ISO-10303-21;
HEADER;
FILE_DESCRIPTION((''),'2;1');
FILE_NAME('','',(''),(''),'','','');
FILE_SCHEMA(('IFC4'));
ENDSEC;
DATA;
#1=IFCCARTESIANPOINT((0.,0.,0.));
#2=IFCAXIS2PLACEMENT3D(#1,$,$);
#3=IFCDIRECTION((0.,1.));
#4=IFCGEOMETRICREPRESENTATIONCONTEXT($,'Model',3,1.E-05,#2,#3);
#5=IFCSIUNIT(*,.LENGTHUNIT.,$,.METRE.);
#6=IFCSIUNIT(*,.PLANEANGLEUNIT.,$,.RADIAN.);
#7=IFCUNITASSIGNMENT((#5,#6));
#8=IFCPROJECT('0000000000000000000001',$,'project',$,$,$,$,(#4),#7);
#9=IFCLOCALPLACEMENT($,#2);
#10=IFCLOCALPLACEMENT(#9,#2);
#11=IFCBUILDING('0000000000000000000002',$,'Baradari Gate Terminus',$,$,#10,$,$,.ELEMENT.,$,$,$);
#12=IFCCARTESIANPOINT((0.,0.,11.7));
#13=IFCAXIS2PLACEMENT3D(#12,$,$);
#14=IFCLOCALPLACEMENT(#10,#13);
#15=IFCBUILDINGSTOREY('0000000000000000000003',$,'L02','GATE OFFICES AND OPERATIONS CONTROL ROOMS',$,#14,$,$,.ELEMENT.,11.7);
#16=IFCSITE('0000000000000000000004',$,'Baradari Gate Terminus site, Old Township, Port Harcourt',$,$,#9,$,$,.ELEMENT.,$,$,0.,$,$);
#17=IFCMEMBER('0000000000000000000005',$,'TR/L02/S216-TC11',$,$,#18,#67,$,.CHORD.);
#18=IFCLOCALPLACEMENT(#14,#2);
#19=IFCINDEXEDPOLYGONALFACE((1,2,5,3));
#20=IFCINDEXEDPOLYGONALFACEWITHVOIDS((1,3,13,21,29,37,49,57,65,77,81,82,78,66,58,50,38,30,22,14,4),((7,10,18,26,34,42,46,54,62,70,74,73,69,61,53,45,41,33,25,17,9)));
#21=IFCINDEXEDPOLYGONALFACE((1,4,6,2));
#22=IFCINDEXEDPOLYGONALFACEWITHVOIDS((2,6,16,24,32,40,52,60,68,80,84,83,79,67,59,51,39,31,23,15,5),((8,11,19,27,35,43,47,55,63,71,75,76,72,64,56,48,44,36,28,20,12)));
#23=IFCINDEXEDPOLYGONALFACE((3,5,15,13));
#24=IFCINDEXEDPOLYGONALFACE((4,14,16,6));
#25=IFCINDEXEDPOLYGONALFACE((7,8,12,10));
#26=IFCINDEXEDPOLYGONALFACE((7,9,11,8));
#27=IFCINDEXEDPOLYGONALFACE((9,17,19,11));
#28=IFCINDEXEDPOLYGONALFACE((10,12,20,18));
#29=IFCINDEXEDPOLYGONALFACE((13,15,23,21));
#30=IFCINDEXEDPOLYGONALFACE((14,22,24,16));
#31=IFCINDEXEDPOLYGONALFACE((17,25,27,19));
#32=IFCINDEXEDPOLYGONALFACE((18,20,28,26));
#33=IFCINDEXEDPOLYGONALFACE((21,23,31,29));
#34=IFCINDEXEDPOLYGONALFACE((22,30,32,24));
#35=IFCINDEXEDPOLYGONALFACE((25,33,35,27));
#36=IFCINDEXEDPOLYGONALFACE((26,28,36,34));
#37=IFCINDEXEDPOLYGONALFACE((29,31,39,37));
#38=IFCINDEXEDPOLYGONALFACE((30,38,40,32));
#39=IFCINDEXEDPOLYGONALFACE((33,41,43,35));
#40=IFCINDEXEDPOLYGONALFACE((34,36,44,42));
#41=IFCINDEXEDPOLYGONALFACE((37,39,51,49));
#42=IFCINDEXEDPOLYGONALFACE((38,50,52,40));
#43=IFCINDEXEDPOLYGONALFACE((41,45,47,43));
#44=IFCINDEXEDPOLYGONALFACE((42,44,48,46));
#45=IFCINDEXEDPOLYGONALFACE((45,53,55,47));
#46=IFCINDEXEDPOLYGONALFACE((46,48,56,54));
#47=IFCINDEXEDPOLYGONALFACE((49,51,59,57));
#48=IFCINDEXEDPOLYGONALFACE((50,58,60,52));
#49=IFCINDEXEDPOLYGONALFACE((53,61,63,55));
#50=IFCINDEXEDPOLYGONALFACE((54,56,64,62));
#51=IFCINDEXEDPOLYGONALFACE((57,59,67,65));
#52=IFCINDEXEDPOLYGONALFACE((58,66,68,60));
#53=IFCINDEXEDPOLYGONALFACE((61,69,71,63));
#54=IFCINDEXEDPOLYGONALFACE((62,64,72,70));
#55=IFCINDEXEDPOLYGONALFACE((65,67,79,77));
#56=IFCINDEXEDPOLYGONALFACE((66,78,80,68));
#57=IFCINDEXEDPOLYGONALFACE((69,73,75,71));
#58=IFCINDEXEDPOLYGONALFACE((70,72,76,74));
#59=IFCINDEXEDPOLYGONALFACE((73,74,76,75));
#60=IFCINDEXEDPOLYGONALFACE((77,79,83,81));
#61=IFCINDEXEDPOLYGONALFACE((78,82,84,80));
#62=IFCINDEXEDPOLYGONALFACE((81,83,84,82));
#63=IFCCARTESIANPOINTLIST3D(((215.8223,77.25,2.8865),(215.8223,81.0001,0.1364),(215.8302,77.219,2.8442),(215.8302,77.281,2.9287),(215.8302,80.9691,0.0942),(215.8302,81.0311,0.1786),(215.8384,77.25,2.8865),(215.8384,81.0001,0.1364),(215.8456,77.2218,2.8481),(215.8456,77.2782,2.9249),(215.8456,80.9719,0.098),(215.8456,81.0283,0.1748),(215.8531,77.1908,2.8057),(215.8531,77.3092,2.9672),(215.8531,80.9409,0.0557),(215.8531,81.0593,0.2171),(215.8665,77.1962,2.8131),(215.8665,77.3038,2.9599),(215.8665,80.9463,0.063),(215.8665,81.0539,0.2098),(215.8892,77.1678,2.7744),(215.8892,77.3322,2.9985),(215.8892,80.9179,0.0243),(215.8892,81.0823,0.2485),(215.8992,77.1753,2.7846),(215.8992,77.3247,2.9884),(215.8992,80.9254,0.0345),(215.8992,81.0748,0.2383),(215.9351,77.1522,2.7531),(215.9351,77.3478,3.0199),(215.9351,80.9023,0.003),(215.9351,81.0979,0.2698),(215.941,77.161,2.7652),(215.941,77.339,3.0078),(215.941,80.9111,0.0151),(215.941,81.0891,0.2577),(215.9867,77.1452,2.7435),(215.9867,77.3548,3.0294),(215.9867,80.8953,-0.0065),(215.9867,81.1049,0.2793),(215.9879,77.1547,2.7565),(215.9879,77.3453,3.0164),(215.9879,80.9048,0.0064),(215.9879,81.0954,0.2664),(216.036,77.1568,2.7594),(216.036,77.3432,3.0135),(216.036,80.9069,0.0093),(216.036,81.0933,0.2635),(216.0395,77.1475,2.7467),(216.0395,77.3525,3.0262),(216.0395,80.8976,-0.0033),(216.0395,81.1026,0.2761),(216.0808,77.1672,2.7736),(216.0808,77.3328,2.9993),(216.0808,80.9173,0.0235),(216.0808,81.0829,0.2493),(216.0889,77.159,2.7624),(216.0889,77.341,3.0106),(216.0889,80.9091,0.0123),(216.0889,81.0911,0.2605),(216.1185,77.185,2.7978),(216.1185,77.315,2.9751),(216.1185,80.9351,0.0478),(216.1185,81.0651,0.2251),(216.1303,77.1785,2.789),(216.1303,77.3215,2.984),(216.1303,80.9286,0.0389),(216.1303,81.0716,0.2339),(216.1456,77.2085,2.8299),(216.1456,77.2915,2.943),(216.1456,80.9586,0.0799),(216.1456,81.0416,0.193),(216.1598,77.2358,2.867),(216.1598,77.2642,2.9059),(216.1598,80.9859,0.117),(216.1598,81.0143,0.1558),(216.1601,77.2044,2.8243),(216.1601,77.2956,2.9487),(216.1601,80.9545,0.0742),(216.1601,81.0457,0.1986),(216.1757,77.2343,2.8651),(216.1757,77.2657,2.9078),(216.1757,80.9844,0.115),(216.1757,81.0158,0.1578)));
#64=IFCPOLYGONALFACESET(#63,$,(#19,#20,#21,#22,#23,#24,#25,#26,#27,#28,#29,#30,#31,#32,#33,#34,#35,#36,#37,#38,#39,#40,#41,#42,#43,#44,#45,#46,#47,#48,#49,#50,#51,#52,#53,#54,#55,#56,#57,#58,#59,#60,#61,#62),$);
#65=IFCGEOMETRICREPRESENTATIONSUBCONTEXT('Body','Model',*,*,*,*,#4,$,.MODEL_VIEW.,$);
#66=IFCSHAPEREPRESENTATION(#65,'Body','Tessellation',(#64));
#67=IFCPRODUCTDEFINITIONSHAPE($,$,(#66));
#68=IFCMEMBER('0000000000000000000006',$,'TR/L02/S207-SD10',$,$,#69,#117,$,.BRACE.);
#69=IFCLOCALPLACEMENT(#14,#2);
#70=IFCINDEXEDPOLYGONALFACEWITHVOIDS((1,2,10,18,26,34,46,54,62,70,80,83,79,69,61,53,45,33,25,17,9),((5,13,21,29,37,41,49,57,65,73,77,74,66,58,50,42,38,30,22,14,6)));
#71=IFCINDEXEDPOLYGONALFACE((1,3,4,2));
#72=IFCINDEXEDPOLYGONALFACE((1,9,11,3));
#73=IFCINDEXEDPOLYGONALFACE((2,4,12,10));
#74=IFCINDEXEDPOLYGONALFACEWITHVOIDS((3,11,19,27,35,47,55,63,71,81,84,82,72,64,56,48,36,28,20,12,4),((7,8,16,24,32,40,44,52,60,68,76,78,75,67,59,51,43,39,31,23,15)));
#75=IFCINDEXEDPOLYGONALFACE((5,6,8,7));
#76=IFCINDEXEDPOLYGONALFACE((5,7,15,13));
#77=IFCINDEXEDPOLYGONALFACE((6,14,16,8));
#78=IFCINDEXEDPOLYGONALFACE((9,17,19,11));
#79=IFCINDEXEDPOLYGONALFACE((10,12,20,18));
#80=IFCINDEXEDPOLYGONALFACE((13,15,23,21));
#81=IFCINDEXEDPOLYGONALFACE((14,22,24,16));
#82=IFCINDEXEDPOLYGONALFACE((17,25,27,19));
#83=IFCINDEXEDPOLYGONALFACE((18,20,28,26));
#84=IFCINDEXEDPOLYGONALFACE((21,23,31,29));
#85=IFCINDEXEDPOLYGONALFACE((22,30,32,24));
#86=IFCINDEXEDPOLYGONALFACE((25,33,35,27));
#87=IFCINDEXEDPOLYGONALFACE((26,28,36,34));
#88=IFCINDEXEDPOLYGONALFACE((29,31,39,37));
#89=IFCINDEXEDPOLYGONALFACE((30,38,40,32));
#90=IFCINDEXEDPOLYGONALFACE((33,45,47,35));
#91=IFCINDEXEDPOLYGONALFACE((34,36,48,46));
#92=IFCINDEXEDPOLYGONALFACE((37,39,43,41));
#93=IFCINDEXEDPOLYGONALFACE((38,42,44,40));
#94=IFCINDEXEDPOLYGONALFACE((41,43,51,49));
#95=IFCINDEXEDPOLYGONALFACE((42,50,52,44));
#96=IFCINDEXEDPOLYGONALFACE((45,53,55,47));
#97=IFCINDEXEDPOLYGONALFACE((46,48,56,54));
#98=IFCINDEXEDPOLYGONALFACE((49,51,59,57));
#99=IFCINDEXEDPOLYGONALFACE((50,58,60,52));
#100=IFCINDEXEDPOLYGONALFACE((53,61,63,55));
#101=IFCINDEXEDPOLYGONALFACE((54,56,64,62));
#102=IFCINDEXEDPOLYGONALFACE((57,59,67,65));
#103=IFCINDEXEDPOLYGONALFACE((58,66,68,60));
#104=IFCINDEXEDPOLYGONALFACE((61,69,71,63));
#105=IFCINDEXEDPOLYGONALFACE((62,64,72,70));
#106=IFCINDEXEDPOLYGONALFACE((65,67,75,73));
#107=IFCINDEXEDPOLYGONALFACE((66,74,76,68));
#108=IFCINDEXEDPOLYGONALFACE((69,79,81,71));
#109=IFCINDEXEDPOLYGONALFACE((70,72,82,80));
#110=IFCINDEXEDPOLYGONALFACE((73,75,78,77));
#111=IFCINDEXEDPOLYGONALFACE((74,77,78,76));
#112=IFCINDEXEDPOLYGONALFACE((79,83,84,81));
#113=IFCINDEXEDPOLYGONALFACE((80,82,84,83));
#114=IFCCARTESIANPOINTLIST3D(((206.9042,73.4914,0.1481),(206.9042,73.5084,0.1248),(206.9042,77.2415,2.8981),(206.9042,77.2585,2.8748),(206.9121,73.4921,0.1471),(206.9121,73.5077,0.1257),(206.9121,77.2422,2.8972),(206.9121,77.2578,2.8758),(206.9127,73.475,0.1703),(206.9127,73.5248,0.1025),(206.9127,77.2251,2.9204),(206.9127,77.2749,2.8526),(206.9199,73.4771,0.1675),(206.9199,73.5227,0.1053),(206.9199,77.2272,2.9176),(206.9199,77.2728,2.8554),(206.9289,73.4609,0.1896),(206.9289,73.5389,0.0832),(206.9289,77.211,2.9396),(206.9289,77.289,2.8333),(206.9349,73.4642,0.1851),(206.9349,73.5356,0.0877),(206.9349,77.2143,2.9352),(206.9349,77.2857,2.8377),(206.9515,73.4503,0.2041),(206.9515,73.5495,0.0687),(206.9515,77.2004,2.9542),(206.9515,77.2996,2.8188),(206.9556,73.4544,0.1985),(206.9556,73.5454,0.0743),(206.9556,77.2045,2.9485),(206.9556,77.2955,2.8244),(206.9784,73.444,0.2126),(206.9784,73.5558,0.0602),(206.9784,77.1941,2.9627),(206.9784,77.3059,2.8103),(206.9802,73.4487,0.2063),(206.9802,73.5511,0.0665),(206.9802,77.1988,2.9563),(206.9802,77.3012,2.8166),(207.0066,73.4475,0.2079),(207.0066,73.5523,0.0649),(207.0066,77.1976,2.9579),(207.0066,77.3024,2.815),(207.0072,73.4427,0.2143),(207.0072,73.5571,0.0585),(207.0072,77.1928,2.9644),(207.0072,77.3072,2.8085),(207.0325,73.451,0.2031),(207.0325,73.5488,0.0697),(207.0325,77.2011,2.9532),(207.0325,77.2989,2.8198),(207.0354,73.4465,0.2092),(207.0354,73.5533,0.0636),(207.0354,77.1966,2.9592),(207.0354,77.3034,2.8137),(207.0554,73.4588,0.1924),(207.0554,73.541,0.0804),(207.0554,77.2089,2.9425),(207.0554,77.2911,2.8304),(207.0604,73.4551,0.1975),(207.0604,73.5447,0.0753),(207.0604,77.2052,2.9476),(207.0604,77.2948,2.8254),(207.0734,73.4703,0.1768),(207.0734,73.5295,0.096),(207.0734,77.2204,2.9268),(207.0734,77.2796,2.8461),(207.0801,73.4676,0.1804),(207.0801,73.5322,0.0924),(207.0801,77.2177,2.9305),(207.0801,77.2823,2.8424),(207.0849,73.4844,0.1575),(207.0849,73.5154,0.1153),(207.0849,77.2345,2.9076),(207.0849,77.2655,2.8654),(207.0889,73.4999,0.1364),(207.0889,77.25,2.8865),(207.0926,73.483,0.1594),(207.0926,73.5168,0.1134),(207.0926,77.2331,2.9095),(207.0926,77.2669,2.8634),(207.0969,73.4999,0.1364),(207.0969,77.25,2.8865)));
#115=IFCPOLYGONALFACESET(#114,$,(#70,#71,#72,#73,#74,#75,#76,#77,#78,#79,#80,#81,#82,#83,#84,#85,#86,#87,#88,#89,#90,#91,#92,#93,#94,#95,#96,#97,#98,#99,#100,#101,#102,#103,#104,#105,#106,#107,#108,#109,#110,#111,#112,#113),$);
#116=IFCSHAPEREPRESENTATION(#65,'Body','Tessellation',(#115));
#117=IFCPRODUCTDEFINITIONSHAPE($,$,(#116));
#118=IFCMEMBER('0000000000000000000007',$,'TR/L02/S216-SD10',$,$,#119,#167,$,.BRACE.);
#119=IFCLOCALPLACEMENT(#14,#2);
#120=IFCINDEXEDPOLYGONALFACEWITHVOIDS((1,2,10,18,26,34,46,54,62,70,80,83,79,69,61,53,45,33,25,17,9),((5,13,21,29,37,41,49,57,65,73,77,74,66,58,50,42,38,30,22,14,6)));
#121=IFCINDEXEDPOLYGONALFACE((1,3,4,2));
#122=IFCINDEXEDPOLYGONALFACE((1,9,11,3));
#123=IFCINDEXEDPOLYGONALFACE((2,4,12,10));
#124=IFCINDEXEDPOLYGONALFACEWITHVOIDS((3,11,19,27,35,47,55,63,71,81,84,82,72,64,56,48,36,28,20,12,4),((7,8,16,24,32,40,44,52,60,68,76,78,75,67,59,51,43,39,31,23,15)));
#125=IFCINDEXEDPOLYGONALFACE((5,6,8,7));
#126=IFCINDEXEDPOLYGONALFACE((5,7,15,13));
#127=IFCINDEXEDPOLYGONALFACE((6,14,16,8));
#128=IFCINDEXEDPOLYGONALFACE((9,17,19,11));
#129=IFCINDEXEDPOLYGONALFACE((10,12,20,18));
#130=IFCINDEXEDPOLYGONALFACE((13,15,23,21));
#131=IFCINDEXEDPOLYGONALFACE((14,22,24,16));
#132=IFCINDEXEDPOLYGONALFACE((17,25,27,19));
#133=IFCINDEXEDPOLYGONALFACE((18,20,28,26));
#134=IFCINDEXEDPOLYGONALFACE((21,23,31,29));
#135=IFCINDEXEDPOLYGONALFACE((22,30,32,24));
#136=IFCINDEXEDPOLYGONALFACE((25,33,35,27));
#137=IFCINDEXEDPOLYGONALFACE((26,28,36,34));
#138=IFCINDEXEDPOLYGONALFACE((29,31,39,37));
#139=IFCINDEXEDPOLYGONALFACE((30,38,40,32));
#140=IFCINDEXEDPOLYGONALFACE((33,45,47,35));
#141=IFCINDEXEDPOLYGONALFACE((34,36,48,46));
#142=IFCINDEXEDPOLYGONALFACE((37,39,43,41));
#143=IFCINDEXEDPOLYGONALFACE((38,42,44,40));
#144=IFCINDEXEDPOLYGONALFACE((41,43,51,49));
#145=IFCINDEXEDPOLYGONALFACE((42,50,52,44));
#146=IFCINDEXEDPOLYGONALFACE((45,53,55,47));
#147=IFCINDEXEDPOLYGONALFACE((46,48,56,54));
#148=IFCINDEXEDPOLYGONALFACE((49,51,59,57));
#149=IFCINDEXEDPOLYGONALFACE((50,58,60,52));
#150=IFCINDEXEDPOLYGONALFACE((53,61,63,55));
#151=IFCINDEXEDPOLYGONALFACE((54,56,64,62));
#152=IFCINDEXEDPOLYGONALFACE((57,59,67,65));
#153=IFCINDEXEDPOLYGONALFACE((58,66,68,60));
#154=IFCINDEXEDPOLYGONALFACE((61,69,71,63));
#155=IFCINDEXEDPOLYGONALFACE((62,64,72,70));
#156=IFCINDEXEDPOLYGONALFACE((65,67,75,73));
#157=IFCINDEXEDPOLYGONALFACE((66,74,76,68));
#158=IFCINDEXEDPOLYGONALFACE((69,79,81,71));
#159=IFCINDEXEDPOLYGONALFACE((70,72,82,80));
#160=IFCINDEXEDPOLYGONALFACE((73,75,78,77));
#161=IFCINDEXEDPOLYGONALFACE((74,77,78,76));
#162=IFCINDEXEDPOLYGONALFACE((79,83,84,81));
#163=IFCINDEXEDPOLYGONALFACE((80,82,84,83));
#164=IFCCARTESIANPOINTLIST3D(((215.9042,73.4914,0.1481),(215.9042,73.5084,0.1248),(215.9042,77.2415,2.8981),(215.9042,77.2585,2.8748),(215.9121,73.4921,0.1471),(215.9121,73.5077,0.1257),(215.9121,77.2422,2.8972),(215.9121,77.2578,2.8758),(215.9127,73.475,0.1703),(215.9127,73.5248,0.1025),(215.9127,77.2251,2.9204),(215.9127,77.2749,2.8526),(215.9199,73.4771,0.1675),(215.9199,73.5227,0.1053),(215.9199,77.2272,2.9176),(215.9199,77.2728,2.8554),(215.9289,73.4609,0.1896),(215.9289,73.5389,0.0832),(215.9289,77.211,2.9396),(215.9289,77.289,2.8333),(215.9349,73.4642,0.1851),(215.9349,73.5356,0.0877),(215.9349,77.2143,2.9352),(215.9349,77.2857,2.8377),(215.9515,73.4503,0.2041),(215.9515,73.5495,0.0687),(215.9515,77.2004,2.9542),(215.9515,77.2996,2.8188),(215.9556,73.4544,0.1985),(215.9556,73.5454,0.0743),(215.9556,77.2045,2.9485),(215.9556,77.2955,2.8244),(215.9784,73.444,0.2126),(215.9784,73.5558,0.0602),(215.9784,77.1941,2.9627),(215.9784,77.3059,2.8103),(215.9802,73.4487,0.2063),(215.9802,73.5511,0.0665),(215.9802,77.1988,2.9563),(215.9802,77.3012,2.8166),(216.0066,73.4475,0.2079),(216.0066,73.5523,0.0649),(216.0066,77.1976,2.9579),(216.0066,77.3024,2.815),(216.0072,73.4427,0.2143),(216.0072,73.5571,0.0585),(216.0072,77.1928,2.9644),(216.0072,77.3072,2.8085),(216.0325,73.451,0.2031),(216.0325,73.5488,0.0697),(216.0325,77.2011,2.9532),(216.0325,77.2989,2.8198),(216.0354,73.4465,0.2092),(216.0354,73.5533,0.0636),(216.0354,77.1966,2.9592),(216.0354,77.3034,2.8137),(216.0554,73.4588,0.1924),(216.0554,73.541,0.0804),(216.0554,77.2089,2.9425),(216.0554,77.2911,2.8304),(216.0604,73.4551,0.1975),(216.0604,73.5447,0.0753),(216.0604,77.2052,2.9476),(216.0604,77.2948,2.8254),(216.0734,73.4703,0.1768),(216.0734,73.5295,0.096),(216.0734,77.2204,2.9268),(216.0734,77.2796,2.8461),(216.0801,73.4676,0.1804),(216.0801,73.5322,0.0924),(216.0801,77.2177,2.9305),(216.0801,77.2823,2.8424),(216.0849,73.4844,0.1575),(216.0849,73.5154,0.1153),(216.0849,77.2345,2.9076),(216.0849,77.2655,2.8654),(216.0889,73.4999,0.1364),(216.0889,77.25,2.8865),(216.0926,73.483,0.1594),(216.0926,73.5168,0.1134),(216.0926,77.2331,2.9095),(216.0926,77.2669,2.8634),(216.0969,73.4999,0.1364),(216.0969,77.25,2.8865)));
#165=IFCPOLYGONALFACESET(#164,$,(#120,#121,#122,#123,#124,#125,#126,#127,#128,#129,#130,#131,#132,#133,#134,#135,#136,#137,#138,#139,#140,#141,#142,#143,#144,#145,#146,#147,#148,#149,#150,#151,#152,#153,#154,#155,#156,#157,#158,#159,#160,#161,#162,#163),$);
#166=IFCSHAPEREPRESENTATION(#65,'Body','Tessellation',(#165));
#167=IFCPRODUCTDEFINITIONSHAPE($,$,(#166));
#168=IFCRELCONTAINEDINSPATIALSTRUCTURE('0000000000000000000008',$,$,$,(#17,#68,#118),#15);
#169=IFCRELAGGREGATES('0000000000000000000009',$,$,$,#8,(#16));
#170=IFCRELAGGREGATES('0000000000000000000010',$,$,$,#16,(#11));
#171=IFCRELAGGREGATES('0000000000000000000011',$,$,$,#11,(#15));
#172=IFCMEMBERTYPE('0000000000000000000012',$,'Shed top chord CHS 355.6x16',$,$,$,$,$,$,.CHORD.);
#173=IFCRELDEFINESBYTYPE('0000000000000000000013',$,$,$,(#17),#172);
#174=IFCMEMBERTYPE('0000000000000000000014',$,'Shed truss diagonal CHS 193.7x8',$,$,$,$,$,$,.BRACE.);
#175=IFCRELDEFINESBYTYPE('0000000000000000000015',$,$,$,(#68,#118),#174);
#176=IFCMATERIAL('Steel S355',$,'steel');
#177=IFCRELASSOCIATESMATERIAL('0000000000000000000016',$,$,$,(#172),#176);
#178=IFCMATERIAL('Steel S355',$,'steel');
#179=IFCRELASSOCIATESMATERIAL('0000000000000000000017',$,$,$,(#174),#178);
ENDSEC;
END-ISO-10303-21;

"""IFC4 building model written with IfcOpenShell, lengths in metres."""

from ifc_helpers import new_model, si_unit, direction, frame, origin, origin_2d, place, context, subcontext, project, spatial, hollow_circle, extrude, material, material_profile, profile_set, type_object, element, save


model = new_model("IFC4")

# Units and contexts
model_context = context("Model", 3, precision=1e-05, world=origin(), true_north=direction((0.0, 1.0)))
body_context = subcontext(model_context, "Body", "Model", "MODEL_VIEW")
ifc_project = project(units=[si_unit("LENGTHUNIT", "METRE"), si_unit("PLANEANGLEUNIT", "RADIAN")], contexts=[model_context])

# Site, building, storey
site_placement = place(None, origin())
site = spatial("IfcSite", under=ifc_project, at=site_placement, Name="Baradari Gate Terminus site, Old Township, Port Harcourt", CompositionType="ELEMENT", RefElevation=0.0)
building_placement = place(site_placement, origin())
building = spatial("IfcBuilding", under=site, at=building_placement, Name="Baradari Gate Terminus", CompositionType="ELEMENT")
storey_placement = place(building_placement, frame((0.0, 0.0, 11.7)))
storey = spatial("IfcBuildingStorey", under=building, at=storey_placement, Name="L02", Description="GATE OFFICES AND OPERATIONS CONTROL ROOMS", CompositionType="ELEMENT", Elevation=11.7)

# Members
ifc_material_1 = material(Name="Steel S355", Category="steel")
ifc_material_profile_1 = material_profile(ifc_material_1, hollow_circle(Radius=0.1777, WallThickness=0.0161, at=origin_2d()), Name="CHS 355.6x16")
ifc_profile_set_1 = profile_set([ifc_material_profile_1], Name="Steel S355")
member_type_1 = type_object("IfcMemberType", Name="Shed top chord CHS 355.6x16", PredefinedType="CHORD", material=ifc_profile_set_1)
member_1_placement = place(storey_placement, frame((216.0, 77.25, 2.8865), z_axis=(0.0, 0.806405, -0.591364), x_axis=(-1.0, 0.0, 0.0)))
element("IfcMember", 1, at=member_1_placement, inside=storey, type_object=member_type_1, Name="TR/L02/S216-TC11", PredefinedType="CHORD", context=body_context, shape_type="SweptSolid", body=[
    extrude(hollow_circle(Radius=0.1777, WallThickness=0.0161, at=origin_2d()), origin(), (0.0, 0.0, 1.0), 4.6504),
])
ifc_material_2 = material(Name="Steel S355", Category="steel")
ifc_material_profile_2 = material_profile(ifc_material_2, hollow_circle(Radius=0.0969, WallThickness=0.0081, at=origin_2d()), Name="CHS 193.7x8")
ifc_profile_set_2 = profile_set([ifc_material_profile_2], Name="Steel S355")
member_type_2 = type_object("IfcMemberType", Name="Shed truss diagonal CHS 193.7x8", PredefinedType="BRACE", material=ifc_profile_set_2)
for number, where, z_axis, x_axis, name in (
    (2, (207.0, 77.25, 2.8865), (0.0, -0.806405, -0.591364), (1.0, 0.0, 0.0), "TR/L02/S207-SD10"),
    (3, (216.0, 77.25, 2.8865), (0.0, -0.806405, -0.591364), (1.0, 0.0, 0.0), "TR/L02/S216-SD10"),
):
    element("IfcMember", number, at=place(storey_placement, frame(where, z_axis=z_axis, x_axis=x_axis)), inside=storey, type_object=member_type_2, Name=name, PredefinedType="BRACE", context=body_context, shape_type="SweptSolid", body=[
        extrude(hollow_circle(Radius=0.0969, WallThickness=0.0081, at=origin_2d()), origin(), (0.0, 0.0, 1.0), 4.6504),
    ])

save(model, "model.ifc")
